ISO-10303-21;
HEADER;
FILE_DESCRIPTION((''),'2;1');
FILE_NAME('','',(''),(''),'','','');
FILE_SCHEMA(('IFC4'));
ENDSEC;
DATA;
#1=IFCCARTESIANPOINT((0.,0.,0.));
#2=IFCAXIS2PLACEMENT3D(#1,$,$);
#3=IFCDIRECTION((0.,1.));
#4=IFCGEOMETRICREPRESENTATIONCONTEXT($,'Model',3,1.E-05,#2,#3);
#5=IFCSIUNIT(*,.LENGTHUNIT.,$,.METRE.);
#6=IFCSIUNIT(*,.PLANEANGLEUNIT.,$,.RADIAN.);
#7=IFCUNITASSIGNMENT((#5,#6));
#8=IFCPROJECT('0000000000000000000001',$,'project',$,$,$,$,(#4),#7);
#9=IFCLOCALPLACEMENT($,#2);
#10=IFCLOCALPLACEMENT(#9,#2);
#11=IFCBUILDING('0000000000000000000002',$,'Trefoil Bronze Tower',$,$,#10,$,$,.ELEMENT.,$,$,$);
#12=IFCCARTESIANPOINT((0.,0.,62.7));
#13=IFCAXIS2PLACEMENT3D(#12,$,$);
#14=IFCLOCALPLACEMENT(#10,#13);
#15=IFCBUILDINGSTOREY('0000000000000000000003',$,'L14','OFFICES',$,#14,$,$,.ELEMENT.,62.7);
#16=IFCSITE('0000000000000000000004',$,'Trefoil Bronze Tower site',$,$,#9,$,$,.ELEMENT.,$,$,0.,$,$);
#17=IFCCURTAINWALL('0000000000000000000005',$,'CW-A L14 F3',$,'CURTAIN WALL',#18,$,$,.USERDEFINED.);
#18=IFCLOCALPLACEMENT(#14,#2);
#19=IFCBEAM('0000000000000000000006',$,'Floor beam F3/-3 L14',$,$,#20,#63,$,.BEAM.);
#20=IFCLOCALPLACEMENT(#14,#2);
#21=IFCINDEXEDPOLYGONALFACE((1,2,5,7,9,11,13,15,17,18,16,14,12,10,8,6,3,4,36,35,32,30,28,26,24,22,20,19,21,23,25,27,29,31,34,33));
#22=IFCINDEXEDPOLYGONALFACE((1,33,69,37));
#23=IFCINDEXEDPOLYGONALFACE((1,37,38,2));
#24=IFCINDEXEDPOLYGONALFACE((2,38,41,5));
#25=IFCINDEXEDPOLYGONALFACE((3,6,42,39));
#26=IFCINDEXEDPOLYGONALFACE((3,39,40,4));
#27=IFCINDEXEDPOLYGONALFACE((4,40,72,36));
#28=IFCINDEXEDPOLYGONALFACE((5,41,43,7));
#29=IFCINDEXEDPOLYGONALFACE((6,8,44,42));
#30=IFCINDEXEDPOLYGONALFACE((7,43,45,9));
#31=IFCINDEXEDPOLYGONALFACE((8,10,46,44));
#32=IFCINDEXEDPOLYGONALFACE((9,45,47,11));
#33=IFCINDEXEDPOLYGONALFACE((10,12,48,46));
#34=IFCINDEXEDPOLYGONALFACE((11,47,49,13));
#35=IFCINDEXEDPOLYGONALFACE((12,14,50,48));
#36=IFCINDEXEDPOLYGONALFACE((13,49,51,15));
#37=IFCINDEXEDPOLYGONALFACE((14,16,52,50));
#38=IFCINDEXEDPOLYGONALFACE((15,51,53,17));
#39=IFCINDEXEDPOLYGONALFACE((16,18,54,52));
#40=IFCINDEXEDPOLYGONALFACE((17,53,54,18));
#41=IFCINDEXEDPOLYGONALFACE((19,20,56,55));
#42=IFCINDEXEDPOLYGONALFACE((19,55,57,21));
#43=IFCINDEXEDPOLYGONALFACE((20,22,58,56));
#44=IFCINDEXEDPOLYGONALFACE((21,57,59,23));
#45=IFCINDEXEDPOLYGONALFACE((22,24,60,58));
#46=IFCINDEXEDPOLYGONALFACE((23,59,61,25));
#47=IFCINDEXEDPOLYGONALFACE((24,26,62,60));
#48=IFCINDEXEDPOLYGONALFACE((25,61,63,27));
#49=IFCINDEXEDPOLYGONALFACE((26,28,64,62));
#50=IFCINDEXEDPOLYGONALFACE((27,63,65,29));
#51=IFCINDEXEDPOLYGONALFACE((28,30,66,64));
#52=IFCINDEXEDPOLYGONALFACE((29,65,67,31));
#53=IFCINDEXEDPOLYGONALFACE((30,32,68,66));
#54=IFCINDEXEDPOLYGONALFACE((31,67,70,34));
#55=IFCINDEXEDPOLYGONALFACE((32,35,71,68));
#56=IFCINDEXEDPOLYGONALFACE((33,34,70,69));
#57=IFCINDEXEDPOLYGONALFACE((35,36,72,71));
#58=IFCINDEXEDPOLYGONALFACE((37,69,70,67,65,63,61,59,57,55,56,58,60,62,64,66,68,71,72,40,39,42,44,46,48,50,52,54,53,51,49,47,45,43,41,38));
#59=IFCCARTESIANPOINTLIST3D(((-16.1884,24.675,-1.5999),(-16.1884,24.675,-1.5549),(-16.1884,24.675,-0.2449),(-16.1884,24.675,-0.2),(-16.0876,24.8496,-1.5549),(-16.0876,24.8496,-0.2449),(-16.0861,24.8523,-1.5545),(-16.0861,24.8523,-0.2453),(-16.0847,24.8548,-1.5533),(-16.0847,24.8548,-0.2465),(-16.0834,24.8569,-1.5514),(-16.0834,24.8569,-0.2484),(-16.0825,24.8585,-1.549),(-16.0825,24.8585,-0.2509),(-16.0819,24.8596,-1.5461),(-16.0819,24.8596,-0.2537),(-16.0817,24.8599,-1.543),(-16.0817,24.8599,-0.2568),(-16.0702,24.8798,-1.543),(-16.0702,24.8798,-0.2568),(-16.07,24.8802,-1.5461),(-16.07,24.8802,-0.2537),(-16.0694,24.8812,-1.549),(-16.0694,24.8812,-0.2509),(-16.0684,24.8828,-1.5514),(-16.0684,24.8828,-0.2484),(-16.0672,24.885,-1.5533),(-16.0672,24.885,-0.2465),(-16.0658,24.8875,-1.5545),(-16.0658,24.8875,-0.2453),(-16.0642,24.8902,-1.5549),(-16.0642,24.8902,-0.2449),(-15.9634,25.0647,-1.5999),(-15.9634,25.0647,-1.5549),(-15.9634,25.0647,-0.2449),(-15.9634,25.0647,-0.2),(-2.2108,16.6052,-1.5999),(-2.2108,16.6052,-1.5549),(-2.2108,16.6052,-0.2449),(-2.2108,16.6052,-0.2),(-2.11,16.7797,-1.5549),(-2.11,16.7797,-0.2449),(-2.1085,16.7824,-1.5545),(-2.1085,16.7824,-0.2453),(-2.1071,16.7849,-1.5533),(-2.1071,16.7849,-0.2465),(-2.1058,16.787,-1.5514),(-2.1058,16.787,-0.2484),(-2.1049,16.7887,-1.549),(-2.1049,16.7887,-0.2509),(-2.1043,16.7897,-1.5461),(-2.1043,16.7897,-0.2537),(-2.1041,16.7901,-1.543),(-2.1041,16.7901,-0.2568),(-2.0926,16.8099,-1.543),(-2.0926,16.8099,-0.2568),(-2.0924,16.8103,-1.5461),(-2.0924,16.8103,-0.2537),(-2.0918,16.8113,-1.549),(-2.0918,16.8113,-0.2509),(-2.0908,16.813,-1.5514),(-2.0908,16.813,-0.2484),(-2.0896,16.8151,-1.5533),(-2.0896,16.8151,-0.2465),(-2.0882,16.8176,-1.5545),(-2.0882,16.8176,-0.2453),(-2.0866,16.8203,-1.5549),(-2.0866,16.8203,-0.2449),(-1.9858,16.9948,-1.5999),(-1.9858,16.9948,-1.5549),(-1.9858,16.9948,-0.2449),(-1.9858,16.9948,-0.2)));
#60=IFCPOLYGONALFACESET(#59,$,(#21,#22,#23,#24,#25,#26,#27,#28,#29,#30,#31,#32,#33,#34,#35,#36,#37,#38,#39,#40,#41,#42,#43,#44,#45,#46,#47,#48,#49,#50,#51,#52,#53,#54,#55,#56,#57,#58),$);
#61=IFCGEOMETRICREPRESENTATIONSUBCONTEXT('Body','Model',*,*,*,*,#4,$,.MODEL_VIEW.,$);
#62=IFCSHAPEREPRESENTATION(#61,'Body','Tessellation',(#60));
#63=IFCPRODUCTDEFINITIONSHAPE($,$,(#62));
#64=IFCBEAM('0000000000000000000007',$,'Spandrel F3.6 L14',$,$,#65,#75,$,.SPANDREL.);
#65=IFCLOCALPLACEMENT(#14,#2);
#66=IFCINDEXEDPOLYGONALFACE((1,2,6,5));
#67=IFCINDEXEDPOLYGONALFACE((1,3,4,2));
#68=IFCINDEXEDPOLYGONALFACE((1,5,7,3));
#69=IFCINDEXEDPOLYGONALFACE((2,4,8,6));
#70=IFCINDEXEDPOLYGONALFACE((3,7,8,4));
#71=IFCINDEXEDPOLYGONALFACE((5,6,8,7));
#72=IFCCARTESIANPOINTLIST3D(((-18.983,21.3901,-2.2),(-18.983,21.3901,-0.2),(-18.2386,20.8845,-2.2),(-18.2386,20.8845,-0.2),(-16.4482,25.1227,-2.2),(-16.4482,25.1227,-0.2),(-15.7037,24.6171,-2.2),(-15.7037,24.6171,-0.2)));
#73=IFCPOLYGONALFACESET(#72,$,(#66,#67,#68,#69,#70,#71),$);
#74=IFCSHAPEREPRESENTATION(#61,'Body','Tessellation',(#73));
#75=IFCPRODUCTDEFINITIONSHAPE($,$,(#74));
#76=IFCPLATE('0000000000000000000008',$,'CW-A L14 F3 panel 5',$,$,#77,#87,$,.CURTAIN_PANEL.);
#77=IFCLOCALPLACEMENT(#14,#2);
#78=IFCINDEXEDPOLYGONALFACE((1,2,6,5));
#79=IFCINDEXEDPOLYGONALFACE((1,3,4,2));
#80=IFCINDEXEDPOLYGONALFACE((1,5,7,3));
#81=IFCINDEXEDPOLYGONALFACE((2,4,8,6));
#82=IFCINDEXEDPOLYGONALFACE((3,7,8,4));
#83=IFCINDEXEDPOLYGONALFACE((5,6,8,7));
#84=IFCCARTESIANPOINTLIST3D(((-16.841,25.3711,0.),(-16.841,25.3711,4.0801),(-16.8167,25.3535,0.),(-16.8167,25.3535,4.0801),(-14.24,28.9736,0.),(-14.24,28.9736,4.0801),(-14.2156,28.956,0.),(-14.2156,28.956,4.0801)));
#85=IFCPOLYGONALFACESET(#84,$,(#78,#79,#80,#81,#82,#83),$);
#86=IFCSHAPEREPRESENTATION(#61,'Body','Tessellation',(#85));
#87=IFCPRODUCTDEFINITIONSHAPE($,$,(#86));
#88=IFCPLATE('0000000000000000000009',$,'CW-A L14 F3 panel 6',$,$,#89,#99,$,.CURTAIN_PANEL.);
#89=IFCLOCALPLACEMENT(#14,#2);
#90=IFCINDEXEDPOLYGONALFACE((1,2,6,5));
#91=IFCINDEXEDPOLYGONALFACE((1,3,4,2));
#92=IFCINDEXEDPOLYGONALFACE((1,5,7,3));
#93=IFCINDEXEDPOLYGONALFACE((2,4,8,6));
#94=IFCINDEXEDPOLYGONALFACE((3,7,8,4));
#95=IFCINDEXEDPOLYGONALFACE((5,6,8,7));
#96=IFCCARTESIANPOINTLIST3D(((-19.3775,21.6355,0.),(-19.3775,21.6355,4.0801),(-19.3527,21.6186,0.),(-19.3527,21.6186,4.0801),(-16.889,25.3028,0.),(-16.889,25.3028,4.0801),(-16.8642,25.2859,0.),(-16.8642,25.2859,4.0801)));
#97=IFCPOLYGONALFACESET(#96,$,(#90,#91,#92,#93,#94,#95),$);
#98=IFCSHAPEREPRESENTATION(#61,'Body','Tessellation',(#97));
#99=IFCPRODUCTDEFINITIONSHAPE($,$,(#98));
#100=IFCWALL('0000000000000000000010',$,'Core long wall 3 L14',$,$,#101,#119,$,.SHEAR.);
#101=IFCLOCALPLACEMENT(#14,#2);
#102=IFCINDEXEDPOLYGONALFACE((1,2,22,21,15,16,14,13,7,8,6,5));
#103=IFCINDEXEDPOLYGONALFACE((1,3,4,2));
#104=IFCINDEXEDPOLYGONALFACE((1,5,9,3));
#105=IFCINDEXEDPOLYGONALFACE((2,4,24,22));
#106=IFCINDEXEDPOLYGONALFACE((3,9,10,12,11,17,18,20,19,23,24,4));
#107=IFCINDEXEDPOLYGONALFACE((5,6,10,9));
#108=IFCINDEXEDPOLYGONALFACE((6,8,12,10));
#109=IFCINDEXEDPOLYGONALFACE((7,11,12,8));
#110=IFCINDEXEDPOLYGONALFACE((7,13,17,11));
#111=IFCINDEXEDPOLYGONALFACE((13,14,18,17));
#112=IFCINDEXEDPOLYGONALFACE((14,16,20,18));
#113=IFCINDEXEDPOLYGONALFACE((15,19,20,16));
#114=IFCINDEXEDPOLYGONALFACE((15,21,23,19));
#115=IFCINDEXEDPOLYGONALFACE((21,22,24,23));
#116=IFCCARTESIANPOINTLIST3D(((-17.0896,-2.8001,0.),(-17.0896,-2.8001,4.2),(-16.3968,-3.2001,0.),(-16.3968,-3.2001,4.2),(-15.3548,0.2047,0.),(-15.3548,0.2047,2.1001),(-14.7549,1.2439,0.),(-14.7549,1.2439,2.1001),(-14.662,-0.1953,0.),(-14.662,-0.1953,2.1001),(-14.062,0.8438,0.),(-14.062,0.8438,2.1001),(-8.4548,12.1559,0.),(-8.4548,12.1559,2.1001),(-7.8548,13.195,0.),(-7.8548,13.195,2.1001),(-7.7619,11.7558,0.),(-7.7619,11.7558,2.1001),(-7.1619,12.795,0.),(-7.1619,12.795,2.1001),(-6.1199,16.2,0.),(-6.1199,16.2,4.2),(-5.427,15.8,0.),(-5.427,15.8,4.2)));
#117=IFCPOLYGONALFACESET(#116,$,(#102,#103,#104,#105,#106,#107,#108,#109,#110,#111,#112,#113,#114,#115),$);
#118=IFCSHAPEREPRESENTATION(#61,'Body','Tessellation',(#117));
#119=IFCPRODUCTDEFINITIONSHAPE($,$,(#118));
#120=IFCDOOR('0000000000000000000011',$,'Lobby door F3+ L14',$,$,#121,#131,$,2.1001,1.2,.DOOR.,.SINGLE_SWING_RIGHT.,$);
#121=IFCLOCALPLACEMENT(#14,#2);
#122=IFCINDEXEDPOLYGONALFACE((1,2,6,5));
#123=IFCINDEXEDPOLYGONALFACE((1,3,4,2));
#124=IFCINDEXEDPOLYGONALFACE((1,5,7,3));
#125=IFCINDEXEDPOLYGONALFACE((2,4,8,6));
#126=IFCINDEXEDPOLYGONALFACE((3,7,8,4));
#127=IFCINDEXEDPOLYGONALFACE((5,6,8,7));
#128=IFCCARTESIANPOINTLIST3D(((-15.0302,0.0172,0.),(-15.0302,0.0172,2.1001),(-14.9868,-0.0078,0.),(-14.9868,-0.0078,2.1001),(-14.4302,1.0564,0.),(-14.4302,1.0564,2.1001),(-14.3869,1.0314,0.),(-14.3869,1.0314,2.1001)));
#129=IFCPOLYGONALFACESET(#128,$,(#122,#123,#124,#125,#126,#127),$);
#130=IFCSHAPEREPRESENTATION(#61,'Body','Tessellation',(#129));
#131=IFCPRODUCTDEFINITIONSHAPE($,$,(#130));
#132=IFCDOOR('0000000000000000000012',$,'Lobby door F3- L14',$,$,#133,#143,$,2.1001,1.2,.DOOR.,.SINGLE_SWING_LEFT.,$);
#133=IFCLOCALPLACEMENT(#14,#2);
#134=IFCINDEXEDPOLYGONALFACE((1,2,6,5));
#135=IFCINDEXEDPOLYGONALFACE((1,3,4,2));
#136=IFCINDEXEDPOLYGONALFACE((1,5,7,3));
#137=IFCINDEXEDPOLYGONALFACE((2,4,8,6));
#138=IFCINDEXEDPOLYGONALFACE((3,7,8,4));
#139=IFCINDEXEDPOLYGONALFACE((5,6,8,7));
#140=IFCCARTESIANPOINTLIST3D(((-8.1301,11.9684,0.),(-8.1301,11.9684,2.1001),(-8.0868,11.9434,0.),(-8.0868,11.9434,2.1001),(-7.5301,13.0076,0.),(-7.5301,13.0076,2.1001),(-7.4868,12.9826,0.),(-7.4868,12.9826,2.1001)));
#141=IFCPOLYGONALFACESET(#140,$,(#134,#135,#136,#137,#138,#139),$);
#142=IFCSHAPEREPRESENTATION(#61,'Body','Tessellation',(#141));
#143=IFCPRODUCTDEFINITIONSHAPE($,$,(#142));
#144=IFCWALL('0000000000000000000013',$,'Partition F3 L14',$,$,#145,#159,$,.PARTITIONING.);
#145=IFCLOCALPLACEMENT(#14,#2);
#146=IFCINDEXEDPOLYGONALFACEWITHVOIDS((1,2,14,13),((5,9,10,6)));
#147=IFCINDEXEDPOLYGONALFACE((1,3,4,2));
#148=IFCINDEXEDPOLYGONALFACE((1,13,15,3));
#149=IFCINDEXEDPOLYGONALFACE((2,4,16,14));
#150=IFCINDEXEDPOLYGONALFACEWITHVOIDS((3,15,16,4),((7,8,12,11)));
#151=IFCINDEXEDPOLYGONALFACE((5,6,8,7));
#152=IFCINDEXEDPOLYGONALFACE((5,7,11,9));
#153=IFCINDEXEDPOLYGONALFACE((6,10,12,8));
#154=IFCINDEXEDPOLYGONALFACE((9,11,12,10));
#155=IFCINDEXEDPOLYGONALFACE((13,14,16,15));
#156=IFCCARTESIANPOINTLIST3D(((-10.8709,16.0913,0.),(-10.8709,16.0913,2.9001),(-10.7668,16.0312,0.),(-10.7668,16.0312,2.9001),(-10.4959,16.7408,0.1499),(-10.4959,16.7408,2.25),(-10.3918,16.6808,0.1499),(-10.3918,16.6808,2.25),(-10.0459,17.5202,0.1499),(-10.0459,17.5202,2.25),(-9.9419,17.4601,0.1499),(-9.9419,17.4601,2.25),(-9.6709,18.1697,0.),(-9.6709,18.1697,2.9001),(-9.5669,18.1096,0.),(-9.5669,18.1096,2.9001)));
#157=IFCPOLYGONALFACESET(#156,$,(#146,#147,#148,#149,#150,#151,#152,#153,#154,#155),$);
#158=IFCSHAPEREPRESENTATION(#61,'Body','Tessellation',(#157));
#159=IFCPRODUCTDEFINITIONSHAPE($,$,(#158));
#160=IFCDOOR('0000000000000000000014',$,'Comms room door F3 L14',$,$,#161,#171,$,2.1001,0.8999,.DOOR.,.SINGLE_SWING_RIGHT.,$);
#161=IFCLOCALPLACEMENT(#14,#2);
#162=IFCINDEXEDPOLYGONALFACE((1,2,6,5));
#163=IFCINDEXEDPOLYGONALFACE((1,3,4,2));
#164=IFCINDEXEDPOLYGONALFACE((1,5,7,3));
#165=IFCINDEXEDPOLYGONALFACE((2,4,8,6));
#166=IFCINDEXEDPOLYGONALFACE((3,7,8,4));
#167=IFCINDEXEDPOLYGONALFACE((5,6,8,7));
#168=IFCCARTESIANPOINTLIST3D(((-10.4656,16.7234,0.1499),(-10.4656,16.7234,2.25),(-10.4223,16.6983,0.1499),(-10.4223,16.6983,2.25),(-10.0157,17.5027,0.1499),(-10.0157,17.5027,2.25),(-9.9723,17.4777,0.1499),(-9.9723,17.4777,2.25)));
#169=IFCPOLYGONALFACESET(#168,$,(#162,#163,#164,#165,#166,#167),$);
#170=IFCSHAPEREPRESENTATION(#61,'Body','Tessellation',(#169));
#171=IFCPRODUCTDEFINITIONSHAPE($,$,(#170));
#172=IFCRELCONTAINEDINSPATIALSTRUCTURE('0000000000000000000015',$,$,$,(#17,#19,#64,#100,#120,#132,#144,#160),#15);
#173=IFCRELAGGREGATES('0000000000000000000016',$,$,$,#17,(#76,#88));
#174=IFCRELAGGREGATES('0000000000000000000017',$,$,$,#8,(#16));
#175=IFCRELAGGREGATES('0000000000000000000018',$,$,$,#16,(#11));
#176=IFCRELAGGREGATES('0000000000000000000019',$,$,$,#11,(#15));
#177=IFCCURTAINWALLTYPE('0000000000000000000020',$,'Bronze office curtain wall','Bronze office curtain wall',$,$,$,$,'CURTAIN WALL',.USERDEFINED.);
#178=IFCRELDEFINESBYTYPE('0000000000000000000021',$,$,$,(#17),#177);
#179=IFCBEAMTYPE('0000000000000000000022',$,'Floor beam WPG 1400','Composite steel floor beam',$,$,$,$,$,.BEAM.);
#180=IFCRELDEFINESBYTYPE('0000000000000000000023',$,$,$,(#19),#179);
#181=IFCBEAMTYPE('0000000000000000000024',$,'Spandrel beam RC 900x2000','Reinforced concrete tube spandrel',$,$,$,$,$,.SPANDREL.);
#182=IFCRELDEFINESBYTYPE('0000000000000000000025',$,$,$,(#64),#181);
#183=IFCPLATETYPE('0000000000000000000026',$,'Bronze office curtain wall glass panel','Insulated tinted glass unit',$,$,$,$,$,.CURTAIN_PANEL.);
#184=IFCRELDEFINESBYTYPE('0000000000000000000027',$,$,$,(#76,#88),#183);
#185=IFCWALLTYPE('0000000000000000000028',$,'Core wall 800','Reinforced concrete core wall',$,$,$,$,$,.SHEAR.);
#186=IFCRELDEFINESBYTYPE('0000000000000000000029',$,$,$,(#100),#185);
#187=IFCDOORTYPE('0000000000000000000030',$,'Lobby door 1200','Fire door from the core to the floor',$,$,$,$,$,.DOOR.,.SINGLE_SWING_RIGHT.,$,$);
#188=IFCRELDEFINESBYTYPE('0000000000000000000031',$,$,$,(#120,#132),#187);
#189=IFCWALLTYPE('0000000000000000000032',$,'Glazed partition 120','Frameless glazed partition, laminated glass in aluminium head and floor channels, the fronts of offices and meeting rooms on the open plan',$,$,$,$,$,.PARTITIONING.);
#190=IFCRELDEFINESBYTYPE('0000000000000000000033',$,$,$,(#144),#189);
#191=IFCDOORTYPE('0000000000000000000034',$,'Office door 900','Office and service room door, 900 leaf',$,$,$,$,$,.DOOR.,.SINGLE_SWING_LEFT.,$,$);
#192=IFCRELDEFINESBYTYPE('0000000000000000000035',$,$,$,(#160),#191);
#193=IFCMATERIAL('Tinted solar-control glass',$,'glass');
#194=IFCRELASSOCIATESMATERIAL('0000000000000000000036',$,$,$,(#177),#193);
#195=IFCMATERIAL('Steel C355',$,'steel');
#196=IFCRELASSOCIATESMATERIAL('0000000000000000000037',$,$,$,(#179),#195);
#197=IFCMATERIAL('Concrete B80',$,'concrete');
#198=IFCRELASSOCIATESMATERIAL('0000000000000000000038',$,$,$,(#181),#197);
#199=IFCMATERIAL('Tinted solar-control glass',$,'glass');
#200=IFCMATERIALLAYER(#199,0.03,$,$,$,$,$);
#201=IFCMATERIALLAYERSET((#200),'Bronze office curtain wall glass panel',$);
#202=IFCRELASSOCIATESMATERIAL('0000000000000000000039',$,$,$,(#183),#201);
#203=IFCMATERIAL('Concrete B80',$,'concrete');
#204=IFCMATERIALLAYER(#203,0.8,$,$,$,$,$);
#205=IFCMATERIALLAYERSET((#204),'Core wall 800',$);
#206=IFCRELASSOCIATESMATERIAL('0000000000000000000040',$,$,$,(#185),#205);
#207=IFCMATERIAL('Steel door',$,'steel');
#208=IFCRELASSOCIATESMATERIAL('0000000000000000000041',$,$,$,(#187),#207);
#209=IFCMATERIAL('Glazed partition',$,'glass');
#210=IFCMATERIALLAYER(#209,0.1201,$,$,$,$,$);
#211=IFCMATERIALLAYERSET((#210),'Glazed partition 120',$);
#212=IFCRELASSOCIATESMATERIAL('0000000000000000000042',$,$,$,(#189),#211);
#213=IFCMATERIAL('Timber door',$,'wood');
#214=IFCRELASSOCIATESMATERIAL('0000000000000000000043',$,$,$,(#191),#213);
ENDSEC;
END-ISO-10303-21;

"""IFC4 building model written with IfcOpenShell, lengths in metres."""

from ifc_helpers import new_model, si_unit, direction, frame, frame_2d, origin, origin_2d, place, context, subcontext, project, spatial, rectangle, i_section, extrude, material, layer, layer_set, material_profile, profile_set, type_object, element, fill, aggregate, save


model = new_model("IFC4")

# Units and contexts
model_context = context("Model", 3, precision=1e-05, world=origin(), true_north=direction((0.0, 1.0)))
body_context = subcontext(model_context, "Body", "Model", "MODEL_VIEW")
ifc_project = project(units=[si_unit("LENGTHUNIT", "METRE"), si_unit("PLANEANGLEUNIT", "RADIAN")], contexts=[model_context])

# Site, building, storey
site_placement = place(None, origin())
site = spatial("IfcSite", under=ifc_project, at=site_placement, Name="Trefoil Bronze Tower site", CompositionType="ELEMENT", RefElevation=0.0)
building_placement = place(site_placement, origin())
building = spatial("IfcBuilding", under=site, at=building_placement, Name="Trefoil Bronze Tower", CompositionType="ELEMENT")
storey_placement = place(building_placement, frame((0.0, 0.0, 62.7)))
storey = spatial("IfcBuildingStorey", under=building, at=storey_placement, Name="L14", Description="OFFICES", CompositionType="ELEMENT", Elevation=62.7)

# Curtain wall
ifc_material_1 = material(Name="Tinted solar-control glass", Category="glass")
curtain_wall_type = type_object("IfcCurtainWallType", Name="Bronze office curtain wall", Description="Bronze office curtain wall", ElementType="CURTAIN WALL", PredefinedType="USERDEFINED", material=ifc_material_1)
curtain_wall_placement = place(storey_placement, origin())
curtain_wall = element("IfcCurtainWall", 1, at=curtain_wall_placement, inside=storey, type_object=curtain_wall_type, Name="CW-A L14 F3", ObjectType="CURTAIN WALL", PredefinedType="USERDEFINED")

# Beams
ifc_material_2 = material(Name="Steel C355", Category="steel")
ifc_material_profile_1 = material_profile(ifc_material_2, i_section(OverallWidth=0.45, OverallDepth=1.3999, WebThickness=0.0229, FlangeThickness=0.0449, FilletRadius=0.012, at=origin_2d()), Name="WPG 1400")
ifc_profile_set_1 = profile_set([ifc_material_profile_1], Name="Steel C355")
beam_type_1 = type_object("IfcBeamType", Name="Floor beam WPG 1400", Description="Composite steel floor beam", PredefinedType="BEAM", material=ifc_profile_set_1)
beam_1_placement = place(storey_placement, frame((-16.0759, 24.8699, -0.8999), z_axis=(0.866028, -0.499995, 0.0), x_axis=(0.499995, 0.866028, 0.0)))
element("IfcBeam", 2, at=beam_1_placement, inside=storey, type_object=beam_type_1, Name="Floor beam F3/-3 L14", PredefinedType="BEAM", context=body_context, shape_type="SweptSolid", body=[
    extrude(i_section(OverallWidth=0.45, OverallDepth=1.3999, WebThickness=0.0229, FlangeThickness=0.0449, FilletRadius=0.012, at=origin_2d()), origin(), (0.0, 0.0, 1.0), 16.1399),
])
ifc_material_3 = material(Name="Concrete B80", Category="concrete")
ifc_material_profile_2 = material_profile(ifc_material_3, rectangle(XDim=0.8999, YDim=2.0, at=origin_2d()), Name="RC 900x2000")
ifc_profile_set_2 = profile_set([ifc_material_profile_2], Name="Concrete B80")
beam_type_2 = type_object("IfcBeamType", Name="Spandrel beam RC 900x2000", Description="Reinforced concrete tube spandrel", PredefinedType="SPANDREL", material=ifc_profile_set_2)
beam_2_placement = place(storey_placement, frame((-16.0759, 24.8699, -1.2), z_axis=(-0.56181, -0.827267, 0.0), x_axis=(0.827267, -0.56181, 0.0)))
element("IfcBeam", 3, at=beam_2_placement, inside=storey, type_object=beam_type_2, Name="Spandrel F3.6 L14", PredefinedType="SPANDREL", context=body_context, shape_type="SweptSolid", body=[
    extrude(rectangle(XDim=0.8999, YDim=2.0, at=origin_2d()), origin(), (0.0, 0.0, 1.0), 4.512),
])

# Plates
ifc_material_4 = material(Name="Tinted solar-control glass", Category="glass")
ifc_layer_1 = layer(ifc_material_4, 0.03)
ifc_layer_set_1 = layer_set([ifc_layer_1], Name="Bronze office curtain wall glass panel")
plate_type = type_object("IfcPlateType", Name="Bronze office curtain wall glass panel", Description="Insulated tinted glass unit", PredefinedType="CURTAIN_PANEL", material=ifc_layer_set_1)
plate_1_placement = place(storey_placement, frame((-15.5283, 27.1636, 0.0), z_axis=(0.0, 0.0, 1.0), x_axis=(-0.585373, -0.810764, 0.0)))
plate_1 = element("IfcPlate", 4, at=plate_1_placement, type_object=plate_type, Name="CW-A L14 F3 panel 5", PredefinedType="CURTAIN_PANEL", context=body_context, shape_type="SweptSolid", body=[
    extrude(rectangle(XDim=4.4434, YDim=0.03, at=origin_2d()), origin(), (0.0, 0.0, 1.0), 4.0801),
])
plate_2_placement = place(storey_placement, frame((-18.1208, 23.4607, 0.0), z_axis=(0.0, 0.0, 1.0), x_axis=(-0.56151, -0.82747, 0.0)))
plate_2 = element("IfcPlate", 5, at=plate_2_placement, type_object=plate_type, Name="CW-A L14 F3 panel 6", PredefinedType="CURTAIN_PANEL", context=body_context, shape_type="SweptSolid", body=[
    extrude(rectangle(XDim=4.4319, YDim=0.03, at=origin_2d()), origin(), (0.0, 0.0, 1.0), 4.0801),
])
aggregate(curtain_wall, [plate_1, plate_2])

# Wall, openings, doors
ifc_material_5 = material(Name="Concrete B80", Category="concrete")
ifc_layer_2 = layer(ifc_material_5, 0.8)
ifc_layer_set_2 = layer_set([ifc_layer_2], Name="Core wall 800")
wall_type_1 = type_object("IfcWallType", Name="Core wall 800", Description="Reinforced concrete core wall", PredefinedType="SHEAR", material=ifc_layer_set_2)
wall_1_placement = place(storey_placement, frame((-5.7734, 16.0, 0.0), z_axis=(0.0, 0.0, 1.0), x_axis=(-0.500002, -0.866024, 0.0)))
wall_1 = element("IfcWall", 6, at=wall_1_placement, inside=storey, type_object=wall_type_1, Name="Core long wall 3 L14", PredefinedType="SHEAR", context=body_context, shape_type="SweptSolid", body=[
    extrude(rectangle(XDim=21.9395, YDim=0.8, at=frame_2d((10.9697, 0.0))), origin(), (0.0, 0.0, 1.0), 4.2),
])
opening_1_placement = place(wall_1_placement, frame((17.2698, 0.0, 0.0)))
opening_1 = element("IfcOpeningElement", 7, at=opening_1_placement, cuts=wall_1, PredefinedType="OPENING", context=body_context, shape_type="SweptSolid", body=[
    extrude(rectangle(XDim=1.2, YDim=2.1001, at=frame_2d((0.6001, 1.05))), frame((0.0, 0.4099, 0.0), z_axis=(0.0, -1.0, 0.0), x_axis=(1.0, 0.0, 0.0)), (0.0, 0.0, 1.0), 0.8201),
])
opening_2_placement = place(wall_1_placement, frame((3.4697, 0.0, 0.0)))
opening_2 = element("IfcOpeningElement", 8, at=opening_2_placement, cuts=wall_1, PredefinedType="OPENING", context=body_context, shape_type="SweptSolid", body=[
    extrude(rectangle(XDim=1.2, YDim=2.1001, at=frame_2d((0.6001, 1.05))), frame((0.0, 0.4099, 0.0), z_axis=(0.0, -1.0, 0.0), x_axis=(1.0, 0.0, 0.0)), (0.0, 0.0, 1.0), 0.8201),
])
ifc_material_6 = material(Name="Steel door", Category="steel")
door_type_1 = type_object("IfcDoorType", Name="Lobby door 1200", Description="Fire door from the core to the floor", OperationType="SINGLE_SWING_RIGHT", PredefinedType="DOOR", material=ifc_material_6)
door_1_placement = place(opening_1_placement, origin())
door_1 = element("IfcDoor", 9, at=door_1_placement, inside=storey, type_object=door_type_1, Name="Lobby door F3+ L14", OperationType="SINGLE_SWING_RIGHT", OverallHeight=2.1001, OverallWidth=1.2, PredefinedType="DOOR", context=body_context, shape_type="SweptSolid", body=[
    extrude(rectangle(XDim=1.2, YDim=2.1001, at=frame_2d((0.6001, 1.05))), frame((0.0, 0.0249, 0.0), z_axis=(0.0, -1.0, 0.0), x_axis=(1.0, 0.0, 0.0)), (0.0, 0.0, 1.0), 0.05),
])
fill(opening_1, door_1)
door_2_placement = place(opening_2_placement, origin())
door_2 = element("IfcDoor", 10, at=door_2_placement, inside=storey, type_object=door_type_1, Name="Lobby door F3- L14", OperationType="SINGLE_SWING_LEFT", OverallHeight=2.1001, OverallWidth=1.2, PredefinedType="DOOR", context=body_context, shape_type="SweptSolid", body=[
    extrude(rectangle(XDim=1.2, YDim=2.1001, at=frame_2d((0.6001, 1.05))), frame((0.0, 0.0249, 0.0), z_axis=(0.0, -1.0, 0.0), x_axis=(1.0, 0.0, 0.0)), (0.0, 0.0, 1.0), 0.05),
])
fill(opening_2, door_2)

# Wall, opening, door
ifc_material_7 = material(Name="Glazed partition", Category="glass")
ifc_layer_3 = layer(ifc_material_7, 0.1201)
ifc_layer_set_3 = layer_set([ifc_layer_3], Name="Glazed partition 120")
wall_type_2 = type_object("IfcWallType", Name="Glazed partition 120", Description="Frameless glazed partition, laminated glass in aluminium head and floor channels, the fronts of offices and meeting rooms on the open plan", PredefinedType="PARTITIONING", material=ifc_layer_set_3)
wall_2_placement = place(storey_placement, frame((-9.6189, 18.1396, 0.0), z_axis=(0.0, 0.0, 1.0), x_axis=(-0.500001, -0.866025, 0.0)))
wall_2 = element("IfcWall", 11, at=wall_2_placement, inside=storey, type_object=wall_type_2, Name="Partition F3 L14", PredefinedType="PARTITIONING", context=body_context, shape_type="SweptSolid", body=[
    extrude(rectangle(XDim=2.3999, YDim=0.1201, at=frame_2d((1.2, 0.0))), origin(), (0.0, 0.0, 1.0), 2.9001),
])
opening_3_placement = place(wall_2_placement, frame((0.75, 0.0, 0.1499)))
opening_3 = element("IfcOpeningElement", 12, at=opening_3_placement, cuts=wall_2, PredefinedType="OPENING", context=body_context, shape_type="SweptSolid", body=[
    extrude(rectangle(XDim=0.8999, YDim=2.1001, at=frame_2d((0.45, 1.05))), frame((0.0, 0.0701, 0.0), z_axis=(0.0, -1.0, 0.0), x_axis=(1.0, 0.0, 0.0)), (0.0, 0.0, 1.0), 0.1401),
])
ifc_material_8 = material(Name="Timber door", Category="wood")
door_type_2 = type_object("IfcDoorType", Name="Office door 900", Description="Office and service room door, 900 leaf", OperationType="SINGLE_SWING_LEFT", PredefinedType="DOOR", material=ifc_material_8)
door_3_placement = place(opening_3_placement, origin())
door_3 = element("IfcDoor", 13, at=door_3_placement, inside=storey, type_object=door_type_2, Name="Comms room door F3 L14", OperationType="SINGLE_SWING_RIGHT", OverallHeight=2.1001, OverallWidth=0.8999, PredefinedType="DOOR", context=body_context, shape_type="SweptSolid", body=[
    extrude(rectangle(XDim=0.8999, YDim=2.1001, at=frame_2d((0.45, 1.05))), frame((0.0, 0.0249, 0.0), z_axis=(0.0, -1.0, 0.0), x_axis=(1.0, 0.0, 0.0)), (0.0, 0.0, 1.0), 0.05),
])
fill(opening_3, door_3)

save(model, "model.ifc")
